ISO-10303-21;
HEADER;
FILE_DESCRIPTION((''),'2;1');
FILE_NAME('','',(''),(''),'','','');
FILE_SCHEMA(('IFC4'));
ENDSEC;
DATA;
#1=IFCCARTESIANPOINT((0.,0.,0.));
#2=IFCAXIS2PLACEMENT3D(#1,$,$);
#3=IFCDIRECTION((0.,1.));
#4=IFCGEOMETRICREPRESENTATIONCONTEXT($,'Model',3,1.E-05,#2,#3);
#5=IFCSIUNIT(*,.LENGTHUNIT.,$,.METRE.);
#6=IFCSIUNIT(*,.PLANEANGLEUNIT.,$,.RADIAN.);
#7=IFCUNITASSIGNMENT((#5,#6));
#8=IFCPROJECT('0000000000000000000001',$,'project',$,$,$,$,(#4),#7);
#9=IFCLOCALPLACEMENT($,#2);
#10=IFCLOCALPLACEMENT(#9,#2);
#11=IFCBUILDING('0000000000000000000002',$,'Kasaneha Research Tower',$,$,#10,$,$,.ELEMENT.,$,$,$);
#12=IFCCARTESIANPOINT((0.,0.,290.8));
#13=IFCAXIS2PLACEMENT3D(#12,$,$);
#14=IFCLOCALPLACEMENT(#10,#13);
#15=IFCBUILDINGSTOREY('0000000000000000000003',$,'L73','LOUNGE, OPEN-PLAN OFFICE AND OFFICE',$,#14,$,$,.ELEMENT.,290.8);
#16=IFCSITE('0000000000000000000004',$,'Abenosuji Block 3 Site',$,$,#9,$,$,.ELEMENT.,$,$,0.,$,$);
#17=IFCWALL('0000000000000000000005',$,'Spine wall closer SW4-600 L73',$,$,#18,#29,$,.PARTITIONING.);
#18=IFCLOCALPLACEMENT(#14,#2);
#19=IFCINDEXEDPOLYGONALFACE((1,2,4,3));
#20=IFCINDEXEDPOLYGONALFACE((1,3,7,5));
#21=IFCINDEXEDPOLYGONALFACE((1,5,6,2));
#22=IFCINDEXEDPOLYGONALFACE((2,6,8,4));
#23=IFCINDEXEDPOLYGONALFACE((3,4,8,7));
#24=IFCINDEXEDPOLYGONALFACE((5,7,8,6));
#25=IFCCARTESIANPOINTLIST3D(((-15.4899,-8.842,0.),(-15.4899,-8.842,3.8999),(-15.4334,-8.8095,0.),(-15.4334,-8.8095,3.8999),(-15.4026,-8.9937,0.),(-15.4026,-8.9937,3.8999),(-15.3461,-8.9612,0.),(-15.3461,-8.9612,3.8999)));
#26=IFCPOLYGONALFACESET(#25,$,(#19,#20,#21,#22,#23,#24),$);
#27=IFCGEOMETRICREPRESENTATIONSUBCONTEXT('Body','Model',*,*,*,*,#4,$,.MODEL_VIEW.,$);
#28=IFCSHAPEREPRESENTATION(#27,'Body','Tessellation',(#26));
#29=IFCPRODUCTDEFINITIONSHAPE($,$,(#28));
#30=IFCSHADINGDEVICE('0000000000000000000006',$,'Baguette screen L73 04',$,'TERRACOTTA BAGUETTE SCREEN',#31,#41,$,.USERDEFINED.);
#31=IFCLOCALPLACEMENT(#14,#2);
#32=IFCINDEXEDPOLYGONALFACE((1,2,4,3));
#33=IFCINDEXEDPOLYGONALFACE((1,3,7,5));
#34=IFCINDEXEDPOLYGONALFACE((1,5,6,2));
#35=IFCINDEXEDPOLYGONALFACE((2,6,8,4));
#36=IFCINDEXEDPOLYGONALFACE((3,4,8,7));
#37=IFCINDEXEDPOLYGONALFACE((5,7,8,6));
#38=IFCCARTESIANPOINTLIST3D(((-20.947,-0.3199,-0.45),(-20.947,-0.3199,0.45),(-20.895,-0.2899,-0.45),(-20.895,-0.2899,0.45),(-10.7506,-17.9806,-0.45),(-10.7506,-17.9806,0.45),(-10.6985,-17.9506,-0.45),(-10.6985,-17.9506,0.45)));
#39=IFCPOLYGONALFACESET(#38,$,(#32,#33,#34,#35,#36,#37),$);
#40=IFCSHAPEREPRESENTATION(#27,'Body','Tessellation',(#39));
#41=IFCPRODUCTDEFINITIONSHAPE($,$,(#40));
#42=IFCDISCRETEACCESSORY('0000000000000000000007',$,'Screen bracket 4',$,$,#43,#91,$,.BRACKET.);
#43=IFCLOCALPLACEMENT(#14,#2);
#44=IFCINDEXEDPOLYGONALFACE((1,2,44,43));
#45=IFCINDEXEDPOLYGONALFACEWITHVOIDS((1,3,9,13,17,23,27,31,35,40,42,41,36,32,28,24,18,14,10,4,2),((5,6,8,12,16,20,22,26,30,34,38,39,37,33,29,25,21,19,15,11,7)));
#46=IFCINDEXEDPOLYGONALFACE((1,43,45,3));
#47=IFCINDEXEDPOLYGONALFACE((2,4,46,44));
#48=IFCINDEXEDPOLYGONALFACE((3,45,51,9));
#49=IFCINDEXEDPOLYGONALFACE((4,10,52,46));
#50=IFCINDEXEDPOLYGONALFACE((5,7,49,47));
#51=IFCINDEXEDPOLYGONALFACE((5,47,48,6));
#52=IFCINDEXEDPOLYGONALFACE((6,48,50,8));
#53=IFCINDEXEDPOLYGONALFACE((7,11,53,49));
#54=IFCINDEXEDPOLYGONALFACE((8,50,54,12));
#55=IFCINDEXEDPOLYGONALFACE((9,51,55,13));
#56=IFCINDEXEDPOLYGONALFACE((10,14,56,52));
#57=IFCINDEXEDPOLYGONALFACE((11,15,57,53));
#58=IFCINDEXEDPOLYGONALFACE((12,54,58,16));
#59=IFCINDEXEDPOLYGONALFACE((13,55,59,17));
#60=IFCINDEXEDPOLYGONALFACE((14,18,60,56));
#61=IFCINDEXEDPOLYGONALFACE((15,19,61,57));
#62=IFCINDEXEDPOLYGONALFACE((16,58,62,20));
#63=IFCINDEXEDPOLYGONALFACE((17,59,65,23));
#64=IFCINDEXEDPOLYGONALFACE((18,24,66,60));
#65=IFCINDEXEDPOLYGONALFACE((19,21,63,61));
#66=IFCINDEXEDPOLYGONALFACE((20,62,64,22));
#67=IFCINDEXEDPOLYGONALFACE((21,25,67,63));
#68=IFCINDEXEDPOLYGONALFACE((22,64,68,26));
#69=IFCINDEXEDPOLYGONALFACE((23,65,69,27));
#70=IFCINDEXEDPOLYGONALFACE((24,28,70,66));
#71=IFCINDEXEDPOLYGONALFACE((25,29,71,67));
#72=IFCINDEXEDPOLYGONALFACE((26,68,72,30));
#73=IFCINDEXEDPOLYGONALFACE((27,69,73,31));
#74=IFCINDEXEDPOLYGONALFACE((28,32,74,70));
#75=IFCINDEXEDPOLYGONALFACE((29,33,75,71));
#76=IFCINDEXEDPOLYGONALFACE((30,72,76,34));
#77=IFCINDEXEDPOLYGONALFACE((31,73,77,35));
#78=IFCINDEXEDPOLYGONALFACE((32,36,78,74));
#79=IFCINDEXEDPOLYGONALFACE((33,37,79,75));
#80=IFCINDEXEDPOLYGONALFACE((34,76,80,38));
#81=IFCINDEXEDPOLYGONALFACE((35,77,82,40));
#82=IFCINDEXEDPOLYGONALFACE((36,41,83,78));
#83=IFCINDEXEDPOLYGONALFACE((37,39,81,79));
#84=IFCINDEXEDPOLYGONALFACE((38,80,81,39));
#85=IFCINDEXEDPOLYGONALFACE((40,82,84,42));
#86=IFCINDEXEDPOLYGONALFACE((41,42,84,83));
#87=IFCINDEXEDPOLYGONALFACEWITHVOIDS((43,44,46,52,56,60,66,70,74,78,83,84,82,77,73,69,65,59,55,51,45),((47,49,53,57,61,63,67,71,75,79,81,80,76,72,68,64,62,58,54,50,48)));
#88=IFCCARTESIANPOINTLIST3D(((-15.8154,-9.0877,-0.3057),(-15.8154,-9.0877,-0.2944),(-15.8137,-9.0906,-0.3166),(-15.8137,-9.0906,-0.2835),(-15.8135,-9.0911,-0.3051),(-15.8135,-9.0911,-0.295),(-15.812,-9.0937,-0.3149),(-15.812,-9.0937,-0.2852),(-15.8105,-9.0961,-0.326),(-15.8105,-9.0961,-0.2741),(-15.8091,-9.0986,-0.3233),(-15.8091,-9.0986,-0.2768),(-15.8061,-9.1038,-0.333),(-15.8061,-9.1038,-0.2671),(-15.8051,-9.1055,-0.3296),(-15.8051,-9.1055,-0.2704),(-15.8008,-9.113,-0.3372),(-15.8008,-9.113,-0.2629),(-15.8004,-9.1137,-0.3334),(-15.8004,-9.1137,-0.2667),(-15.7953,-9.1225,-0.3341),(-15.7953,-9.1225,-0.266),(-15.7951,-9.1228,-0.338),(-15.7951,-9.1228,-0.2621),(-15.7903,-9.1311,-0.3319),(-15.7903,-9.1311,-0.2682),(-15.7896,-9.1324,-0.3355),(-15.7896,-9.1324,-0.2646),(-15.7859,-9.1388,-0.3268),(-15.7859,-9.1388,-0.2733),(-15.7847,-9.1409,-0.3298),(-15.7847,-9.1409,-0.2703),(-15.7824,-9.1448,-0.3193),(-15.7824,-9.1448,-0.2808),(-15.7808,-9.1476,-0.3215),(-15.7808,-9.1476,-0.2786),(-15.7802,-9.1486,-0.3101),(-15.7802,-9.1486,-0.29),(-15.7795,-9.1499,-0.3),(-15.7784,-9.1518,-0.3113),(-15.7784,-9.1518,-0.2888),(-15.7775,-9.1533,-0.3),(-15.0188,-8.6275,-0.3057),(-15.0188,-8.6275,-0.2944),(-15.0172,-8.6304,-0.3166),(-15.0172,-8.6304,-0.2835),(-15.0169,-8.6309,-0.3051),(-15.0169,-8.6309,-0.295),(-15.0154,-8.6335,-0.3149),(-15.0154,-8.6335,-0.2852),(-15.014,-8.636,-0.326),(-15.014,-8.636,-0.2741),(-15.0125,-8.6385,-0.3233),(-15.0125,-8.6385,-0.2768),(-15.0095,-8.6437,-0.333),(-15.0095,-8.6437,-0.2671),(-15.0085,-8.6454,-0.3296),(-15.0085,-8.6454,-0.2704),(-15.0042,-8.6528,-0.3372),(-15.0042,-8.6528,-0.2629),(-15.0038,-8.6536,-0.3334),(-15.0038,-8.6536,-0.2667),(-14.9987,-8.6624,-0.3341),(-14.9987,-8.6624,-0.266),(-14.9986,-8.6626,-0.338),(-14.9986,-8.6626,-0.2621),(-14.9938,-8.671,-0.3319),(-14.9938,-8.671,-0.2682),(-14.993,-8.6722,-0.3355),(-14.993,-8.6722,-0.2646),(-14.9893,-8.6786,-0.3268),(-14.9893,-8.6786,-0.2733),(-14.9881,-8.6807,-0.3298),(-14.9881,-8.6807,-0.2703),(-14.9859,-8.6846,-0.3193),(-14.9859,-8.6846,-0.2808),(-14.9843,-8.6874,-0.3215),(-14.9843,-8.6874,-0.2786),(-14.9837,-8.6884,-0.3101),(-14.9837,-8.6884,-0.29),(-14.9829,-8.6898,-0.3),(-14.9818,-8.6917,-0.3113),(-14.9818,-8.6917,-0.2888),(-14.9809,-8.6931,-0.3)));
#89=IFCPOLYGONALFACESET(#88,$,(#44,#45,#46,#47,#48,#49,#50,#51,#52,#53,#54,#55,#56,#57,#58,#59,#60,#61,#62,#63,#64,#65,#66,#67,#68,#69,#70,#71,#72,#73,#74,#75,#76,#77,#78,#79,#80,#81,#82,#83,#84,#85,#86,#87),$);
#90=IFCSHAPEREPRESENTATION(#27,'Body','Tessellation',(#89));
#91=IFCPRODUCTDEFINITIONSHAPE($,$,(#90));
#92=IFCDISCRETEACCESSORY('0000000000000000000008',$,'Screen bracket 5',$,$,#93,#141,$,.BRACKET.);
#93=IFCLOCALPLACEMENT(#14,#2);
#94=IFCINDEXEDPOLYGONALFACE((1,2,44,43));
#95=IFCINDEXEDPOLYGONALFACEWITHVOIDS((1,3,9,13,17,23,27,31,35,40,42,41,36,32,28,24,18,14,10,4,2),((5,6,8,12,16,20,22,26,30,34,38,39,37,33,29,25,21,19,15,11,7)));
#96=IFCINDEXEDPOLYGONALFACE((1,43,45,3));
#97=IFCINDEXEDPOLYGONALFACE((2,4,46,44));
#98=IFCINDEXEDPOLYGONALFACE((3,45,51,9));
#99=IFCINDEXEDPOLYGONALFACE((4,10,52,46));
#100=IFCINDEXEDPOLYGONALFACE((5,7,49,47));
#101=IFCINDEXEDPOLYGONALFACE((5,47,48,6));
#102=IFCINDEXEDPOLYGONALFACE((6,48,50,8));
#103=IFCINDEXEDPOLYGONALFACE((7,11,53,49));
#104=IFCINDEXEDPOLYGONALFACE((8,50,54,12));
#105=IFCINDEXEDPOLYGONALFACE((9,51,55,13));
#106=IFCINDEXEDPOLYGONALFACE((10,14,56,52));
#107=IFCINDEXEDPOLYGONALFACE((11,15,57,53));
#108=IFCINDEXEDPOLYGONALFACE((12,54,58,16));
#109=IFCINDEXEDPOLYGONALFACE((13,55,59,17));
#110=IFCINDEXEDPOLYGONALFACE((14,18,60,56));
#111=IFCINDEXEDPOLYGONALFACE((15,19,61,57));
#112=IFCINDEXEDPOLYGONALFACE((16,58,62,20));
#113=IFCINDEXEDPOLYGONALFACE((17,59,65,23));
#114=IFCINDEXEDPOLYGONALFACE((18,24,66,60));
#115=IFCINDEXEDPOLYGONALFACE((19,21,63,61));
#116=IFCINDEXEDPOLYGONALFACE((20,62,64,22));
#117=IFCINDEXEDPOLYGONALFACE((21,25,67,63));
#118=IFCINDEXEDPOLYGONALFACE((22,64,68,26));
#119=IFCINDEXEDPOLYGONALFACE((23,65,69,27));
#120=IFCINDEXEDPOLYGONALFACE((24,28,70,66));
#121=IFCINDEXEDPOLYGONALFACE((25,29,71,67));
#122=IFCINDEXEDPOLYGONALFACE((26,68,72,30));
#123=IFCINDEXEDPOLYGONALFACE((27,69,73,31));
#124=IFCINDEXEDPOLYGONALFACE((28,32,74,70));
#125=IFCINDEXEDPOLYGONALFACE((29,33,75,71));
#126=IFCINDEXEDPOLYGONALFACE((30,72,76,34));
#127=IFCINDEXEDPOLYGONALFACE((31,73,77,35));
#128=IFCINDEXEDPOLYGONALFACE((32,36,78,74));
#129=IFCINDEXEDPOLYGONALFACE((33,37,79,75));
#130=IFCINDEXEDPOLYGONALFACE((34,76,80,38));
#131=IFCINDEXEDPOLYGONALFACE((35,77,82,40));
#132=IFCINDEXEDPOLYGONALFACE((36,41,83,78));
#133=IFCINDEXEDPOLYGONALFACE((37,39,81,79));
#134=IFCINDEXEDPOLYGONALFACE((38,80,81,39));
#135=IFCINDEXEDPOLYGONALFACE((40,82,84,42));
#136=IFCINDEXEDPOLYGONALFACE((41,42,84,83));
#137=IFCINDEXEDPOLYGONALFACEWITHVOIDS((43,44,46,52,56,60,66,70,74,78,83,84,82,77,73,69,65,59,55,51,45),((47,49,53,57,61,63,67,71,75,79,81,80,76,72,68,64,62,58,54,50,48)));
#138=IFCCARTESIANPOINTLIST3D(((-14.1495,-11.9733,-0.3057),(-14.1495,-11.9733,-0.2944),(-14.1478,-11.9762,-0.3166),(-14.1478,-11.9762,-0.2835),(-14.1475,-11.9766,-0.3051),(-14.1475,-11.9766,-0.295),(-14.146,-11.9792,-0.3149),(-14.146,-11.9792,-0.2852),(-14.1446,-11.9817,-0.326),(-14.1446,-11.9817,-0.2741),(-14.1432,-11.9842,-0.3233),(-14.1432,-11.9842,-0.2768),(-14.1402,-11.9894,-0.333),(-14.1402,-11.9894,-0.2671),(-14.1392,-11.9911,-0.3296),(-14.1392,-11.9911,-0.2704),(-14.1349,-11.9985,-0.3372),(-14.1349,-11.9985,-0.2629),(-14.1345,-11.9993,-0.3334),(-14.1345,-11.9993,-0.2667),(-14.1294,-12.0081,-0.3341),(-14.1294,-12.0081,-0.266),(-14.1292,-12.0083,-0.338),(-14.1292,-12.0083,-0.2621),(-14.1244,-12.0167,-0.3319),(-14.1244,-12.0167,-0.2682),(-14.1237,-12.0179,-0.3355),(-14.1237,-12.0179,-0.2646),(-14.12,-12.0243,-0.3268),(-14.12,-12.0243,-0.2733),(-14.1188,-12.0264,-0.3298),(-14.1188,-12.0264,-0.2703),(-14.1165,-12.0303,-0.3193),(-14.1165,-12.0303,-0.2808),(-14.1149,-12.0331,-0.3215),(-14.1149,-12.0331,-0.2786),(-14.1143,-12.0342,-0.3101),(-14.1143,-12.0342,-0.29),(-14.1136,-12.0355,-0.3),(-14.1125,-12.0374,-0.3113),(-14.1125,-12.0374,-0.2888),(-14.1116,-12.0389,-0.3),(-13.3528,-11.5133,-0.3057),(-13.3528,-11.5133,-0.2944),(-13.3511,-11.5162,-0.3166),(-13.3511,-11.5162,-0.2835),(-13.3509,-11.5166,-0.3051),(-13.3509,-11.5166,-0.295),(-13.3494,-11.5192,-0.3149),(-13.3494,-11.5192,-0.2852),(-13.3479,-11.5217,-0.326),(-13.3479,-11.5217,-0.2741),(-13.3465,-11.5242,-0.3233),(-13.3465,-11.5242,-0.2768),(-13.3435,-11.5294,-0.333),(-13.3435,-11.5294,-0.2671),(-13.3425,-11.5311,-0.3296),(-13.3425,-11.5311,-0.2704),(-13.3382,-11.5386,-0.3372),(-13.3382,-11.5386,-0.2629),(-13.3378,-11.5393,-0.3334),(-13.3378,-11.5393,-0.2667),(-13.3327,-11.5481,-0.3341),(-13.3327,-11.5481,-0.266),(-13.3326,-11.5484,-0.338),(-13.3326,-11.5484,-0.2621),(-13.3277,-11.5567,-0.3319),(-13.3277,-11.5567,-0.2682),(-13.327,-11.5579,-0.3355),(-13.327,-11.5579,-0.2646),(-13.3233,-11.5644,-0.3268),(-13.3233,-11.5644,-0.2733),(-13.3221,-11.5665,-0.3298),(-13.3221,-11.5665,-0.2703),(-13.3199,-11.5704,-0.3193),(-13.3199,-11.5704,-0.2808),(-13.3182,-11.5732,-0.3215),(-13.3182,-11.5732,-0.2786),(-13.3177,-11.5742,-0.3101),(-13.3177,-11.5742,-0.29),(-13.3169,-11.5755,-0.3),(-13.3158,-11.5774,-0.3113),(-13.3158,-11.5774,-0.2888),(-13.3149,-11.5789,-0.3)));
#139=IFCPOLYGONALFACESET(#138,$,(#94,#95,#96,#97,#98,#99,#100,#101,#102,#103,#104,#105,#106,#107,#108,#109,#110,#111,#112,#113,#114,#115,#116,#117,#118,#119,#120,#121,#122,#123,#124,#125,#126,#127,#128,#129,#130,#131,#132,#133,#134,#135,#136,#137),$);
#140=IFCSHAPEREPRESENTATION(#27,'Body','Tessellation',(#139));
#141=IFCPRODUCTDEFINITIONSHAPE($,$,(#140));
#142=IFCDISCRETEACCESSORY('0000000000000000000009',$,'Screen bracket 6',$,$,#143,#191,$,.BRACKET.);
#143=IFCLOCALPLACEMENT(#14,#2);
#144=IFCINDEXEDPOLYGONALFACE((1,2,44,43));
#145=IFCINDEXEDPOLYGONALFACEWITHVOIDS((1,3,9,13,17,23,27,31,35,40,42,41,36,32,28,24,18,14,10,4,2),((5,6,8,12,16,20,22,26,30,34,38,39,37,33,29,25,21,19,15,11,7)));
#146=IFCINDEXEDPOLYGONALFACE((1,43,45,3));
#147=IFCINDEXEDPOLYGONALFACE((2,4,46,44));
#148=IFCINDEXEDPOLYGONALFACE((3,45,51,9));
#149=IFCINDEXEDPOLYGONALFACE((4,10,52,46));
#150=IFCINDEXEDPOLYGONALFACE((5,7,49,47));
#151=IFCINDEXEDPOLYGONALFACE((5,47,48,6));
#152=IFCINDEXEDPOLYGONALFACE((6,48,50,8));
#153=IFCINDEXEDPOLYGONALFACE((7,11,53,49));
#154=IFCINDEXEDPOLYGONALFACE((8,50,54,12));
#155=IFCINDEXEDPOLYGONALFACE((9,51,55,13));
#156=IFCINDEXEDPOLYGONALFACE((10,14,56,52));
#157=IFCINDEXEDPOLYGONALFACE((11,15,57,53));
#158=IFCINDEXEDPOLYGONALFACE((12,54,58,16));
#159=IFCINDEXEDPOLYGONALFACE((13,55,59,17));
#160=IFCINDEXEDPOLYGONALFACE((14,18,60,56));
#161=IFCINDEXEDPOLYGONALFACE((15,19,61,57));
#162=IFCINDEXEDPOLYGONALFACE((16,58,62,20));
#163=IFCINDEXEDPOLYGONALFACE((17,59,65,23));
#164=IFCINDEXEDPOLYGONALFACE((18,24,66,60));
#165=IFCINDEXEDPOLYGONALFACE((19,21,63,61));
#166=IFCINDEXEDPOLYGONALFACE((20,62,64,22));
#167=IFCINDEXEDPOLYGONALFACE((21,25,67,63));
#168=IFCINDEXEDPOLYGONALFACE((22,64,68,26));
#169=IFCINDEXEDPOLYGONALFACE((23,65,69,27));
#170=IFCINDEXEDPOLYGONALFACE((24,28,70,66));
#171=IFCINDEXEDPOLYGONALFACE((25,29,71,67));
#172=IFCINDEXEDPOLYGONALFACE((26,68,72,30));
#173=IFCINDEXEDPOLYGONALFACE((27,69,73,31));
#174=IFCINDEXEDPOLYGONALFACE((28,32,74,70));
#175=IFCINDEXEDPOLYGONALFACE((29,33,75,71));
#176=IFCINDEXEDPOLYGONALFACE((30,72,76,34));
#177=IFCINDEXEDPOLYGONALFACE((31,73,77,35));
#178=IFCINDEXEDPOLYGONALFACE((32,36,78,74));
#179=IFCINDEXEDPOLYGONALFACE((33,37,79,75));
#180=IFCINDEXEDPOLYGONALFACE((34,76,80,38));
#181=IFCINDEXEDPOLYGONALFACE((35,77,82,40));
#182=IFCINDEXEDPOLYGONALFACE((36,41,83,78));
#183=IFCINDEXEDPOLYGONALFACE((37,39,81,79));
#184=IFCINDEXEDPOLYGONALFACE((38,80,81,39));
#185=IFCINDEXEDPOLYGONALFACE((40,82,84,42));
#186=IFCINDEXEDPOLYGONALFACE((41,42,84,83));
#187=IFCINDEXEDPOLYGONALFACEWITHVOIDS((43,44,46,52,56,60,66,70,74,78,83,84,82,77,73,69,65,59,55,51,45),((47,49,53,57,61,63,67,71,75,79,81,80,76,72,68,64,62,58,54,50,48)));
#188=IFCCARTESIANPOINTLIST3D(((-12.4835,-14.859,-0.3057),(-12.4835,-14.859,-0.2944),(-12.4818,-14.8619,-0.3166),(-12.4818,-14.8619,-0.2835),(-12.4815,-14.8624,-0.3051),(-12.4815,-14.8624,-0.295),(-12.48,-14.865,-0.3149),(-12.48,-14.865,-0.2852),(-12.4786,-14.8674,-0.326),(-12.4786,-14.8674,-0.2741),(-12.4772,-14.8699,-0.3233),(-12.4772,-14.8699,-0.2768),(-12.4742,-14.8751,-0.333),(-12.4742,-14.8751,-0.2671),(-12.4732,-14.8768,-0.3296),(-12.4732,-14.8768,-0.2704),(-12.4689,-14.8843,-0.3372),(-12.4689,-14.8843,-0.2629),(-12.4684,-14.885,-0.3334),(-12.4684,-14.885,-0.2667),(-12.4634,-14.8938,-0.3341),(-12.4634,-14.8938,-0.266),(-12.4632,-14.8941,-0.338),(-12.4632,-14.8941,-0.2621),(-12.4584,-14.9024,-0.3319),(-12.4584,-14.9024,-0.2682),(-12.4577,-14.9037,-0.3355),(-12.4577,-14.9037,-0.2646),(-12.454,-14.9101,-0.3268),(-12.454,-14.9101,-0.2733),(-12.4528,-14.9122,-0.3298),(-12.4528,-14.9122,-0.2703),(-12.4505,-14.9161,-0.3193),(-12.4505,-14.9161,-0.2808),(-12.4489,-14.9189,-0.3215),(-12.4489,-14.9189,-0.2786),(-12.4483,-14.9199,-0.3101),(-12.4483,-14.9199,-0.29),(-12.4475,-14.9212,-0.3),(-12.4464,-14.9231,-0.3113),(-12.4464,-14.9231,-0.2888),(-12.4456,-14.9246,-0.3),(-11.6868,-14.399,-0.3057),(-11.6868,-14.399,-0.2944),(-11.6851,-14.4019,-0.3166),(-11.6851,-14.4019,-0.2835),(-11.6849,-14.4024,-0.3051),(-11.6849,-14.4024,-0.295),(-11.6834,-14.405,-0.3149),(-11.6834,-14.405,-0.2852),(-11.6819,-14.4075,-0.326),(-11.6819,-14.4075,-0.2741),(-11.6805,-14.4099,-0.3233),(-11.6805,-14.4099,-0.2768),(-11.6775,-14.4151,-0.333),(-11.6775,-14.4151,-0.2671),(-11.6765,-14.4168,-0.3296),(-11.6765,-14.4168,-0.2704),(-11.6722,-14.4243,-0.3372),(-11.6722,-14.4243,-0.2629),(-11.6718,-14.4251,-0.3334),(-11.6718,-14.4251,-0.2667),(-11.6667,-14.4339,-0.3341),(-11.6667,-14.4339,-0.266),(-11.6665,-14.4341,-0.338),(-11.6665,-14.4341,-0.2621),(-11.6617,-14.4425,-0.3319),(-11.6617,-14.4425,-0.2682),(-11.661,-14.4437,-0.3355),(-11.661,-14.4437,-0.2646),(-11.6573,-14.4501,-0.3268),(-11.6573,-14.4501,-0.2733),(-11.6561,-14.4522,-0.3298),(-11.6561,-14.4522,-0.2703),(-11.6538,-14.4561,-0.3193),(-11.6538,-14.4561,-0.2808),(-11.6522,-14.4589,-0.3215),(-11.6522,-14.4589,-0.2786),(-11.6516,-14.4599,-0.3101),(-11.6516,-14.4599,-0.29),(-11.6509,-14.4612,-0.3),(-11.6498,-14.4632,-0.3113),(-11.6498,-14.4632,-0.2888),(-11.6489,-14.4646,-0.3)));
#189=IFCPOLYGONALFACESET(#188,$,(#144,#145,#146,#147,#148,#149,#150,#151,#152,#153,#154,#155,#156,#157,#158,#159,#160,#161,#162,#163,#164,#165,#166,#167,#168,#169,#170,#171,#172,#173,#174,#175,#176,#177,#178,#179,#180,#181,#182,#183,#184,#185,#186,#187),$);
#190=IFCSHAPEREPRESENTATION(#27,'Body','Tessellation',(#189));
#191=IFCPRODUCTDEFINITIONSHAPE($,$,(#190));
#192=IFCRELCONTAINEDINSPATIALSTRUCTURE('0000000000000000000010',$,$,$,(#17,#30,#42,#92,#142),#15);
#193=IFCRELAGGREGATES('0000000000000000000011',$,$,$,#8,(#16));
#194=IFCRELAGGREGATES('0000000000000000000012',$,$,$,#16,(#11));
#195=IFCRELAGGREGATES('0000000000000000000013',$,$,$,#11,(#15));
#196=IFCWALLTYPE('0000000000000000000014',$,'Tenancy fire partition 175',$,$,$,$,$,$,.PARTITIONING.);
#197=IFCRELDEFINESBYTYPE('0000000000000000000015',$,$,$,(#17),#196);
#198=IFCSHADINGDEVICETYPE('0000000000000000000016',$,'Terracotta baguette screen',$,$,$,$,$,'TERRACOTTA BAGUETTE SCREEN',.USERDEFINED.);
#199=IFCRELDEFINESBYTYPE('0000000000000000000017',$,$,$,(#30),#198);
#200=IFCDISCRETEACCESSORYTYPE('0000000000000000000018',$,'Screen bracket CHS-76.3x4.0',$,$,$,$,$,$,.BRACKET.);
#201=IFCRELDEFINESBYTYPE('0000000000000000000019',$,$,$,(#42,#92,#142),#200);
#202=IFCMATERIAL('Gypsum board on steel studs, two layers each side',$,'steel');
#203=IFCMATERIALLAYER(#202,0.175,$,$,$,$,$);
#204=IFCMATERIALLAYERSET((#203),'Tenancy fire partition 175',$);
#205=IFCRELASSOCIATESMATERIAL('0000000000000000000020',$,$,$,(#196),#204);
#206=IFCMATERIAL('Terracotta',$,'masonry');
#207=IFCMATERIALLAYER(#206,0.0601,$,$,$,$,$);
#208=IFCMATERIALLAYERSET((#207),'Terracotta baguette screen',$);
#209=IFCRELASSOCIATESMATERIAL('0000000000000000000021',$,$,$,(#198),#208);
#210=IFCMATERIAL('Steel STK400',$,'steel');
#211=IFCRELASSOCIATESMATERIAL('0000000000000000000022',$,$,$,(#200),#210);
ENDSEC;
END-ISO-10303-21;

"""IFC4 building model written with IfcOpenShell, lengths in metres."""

from ifc_helpers import new_model, si_unit, direction, frame, frame_2d, origin, origin_2d, place, context, subcontext, project, spatial, rectangle, hollow_circle, extrude, material, layer, layer_set, material_profile, profile_set, type_object, element, save


model = new_model("IFC4")

# Units and contexts
model_context = context("Model", 3, precision=1e-05, world=origin(), true_north=direction((0.0, 1.0)))
body_context = subcontext(model_context, "Body", "Model", "MODEL_VIEW")
ifc_project = project(units=[si_unit("LENGTHUNIT", "METRE"), si_unit("PLANEANGLEUNIT", "RADIAN")], contexts=[model_context])

# Site, building, storey
site_placement = place(None, origin())
site = spatial("IfcSite", under=ifc_project, at=site_placement, Name="Abenosuji Block 3 Site", CompositionType="ELEMENT", RefElevation=0.0)
building_placement = place(site_placement, origin())
building = spatial("IfcBuilding", under=site, at=building_placement, Name="Kasaneha Research Tower", CompositionType="ELEMENT")
storey_placement = place(building_placement, frame((0.0, 0.0, 290.8)))
storey = spatial("IfcBuildingStorey", under=building, at=storey_placement, Name="L73", Description="LOUNGE, OPEN-PLAN OFFICE AND OFFICE", CompositionType="ELEMENT", Elevation=290.8)

# Wall
ifc_material_1 = material(Name="Gypsum board on steel studs, two layers each side", Category="steel")
ifc_layer_1 = layer(ifc_material_1, 0.175)
ifc_layer_set_1 = layer_set([ifc_layer_1], Name="Tenancy fire partition 175")
wall_type_1 = type_object("IfcWallType", Name="Tenancy fire partition 175", PredefinedType="PARTITIONING", material=ifc_layer_set_1)
wall_1_placement = place(storey_placement, frame((-15.3896, -8.8853, 0.0), z_axis=(0.0, 0.0, 1.0), x_axis=(-0.866622, -0.498964, 0.0)))
element("IfcWall", 1, at=wall_1_placement, inside=storey, type_object=wall_type_1, Name="Spine wall closer SW4-600 L73", PredefinedType="PARTITIONING", context=body_context, shape_type="SweptSolid", body=[
    extrude(rectangle(XDim=0.0652, YDim=0.175, at=frame_2d((0.0327, 0.0))), origin(), (0.0, 0.0, 1.0), 3.8999),
])

# Shading device
ifc_material_2 = material(Name="Terracotta", Category="masonry")
ifc_layer_2 = layer(ifc_material_2, 0.0601)
ifc_layer_set_2 = layer_set([ifc_layer_2], Name="Terracotta baguette screen")
shading_device_type = type_object("IfcShadingDeviceType", Name="Terracotta baguette screen", ElementType="TERRACOTTA BAGUETTE SCREEN", PredefinedType="USERDEFINED", material=ifc_layer_set_2)
shading_device_placement = place(storey_placement, frame((-15.8228, -9.1353, -0.45), z_axis=(0.0, 0.0, 1.0), x_axis=(0.5, -0.866025, 0.0)))
element("IfcShadingDevice", 2, at=shading_device_placement, inside=storey, type_object=shading_device_type, Name="Baguette screen L73 04", ObjectType="TERRACOTTA BAGUETTE SCREEN", PredefinedType="USERDEFINED", context=body_context, shape_type="SweptSolid", body=[
    extrude(rectangle(XDim=20.3928, YDim=0.0601, at=origin_2d()), origin(), (0.0, 0.0, 1.0), 0.8999),
])

# Discrete accessories
ifc_material_3 = material(Name="Steel STK400", Category="steel")
ifc_material_profile_1 = material_profile(ifc_material_3, hollow_circle(Radius=0.0381, WallThickness=0.0039, at=origin_2d()), Name="CHS-76.3x4.0")
ifc_profile_set_1 = profile_set([ifc_material_profile_1], Name="Steel STK400")
discrete_accessory_type = type_object("IfcDiscreteAccessoryType", Name="Screen bracket CHS-76.3x4.0", PredefinedType="BRACKET", material=ifc_profile_set_1)
for number, where, z_axis, x_axis, name in (
    (3, (-15.0, -8.6602, -0.3), (-0.865898, -0.50022, 0.0), (0.50022, -0.865898, 0.0), "Screen bracket 4"),
    (4, (-13.334, -11.5459, -0.3), (-0.866013, -0.500021, 0.0), (0.500021, -0.866013, 0.0), "Screen bracket 5"),
    (5, (-11.668, -14.4316, -0.3), (-0.866013, -0.500021, 0.0), (0.500021, -0.866013, 0.0), "Screen bracket 6"),
):
    element("IfcDiscreteAccessory", number, at=place(storey_placement, frame(where, z_axis=z_axis, x_axis=x_axis)), inside=storey, type_object=discrete_accessory_type, Name=name, PredefinedType="BRACKET", context=body_context, shape_type="SweptSolid", body=[
        extrude(hollow_circle(Radius=0.0381, WallThickness=0.0039, at=origin_2d()), origin(), (0.0, 0.0, 1.0), 0.9199),
    ])

save(model, "model.ifc")
